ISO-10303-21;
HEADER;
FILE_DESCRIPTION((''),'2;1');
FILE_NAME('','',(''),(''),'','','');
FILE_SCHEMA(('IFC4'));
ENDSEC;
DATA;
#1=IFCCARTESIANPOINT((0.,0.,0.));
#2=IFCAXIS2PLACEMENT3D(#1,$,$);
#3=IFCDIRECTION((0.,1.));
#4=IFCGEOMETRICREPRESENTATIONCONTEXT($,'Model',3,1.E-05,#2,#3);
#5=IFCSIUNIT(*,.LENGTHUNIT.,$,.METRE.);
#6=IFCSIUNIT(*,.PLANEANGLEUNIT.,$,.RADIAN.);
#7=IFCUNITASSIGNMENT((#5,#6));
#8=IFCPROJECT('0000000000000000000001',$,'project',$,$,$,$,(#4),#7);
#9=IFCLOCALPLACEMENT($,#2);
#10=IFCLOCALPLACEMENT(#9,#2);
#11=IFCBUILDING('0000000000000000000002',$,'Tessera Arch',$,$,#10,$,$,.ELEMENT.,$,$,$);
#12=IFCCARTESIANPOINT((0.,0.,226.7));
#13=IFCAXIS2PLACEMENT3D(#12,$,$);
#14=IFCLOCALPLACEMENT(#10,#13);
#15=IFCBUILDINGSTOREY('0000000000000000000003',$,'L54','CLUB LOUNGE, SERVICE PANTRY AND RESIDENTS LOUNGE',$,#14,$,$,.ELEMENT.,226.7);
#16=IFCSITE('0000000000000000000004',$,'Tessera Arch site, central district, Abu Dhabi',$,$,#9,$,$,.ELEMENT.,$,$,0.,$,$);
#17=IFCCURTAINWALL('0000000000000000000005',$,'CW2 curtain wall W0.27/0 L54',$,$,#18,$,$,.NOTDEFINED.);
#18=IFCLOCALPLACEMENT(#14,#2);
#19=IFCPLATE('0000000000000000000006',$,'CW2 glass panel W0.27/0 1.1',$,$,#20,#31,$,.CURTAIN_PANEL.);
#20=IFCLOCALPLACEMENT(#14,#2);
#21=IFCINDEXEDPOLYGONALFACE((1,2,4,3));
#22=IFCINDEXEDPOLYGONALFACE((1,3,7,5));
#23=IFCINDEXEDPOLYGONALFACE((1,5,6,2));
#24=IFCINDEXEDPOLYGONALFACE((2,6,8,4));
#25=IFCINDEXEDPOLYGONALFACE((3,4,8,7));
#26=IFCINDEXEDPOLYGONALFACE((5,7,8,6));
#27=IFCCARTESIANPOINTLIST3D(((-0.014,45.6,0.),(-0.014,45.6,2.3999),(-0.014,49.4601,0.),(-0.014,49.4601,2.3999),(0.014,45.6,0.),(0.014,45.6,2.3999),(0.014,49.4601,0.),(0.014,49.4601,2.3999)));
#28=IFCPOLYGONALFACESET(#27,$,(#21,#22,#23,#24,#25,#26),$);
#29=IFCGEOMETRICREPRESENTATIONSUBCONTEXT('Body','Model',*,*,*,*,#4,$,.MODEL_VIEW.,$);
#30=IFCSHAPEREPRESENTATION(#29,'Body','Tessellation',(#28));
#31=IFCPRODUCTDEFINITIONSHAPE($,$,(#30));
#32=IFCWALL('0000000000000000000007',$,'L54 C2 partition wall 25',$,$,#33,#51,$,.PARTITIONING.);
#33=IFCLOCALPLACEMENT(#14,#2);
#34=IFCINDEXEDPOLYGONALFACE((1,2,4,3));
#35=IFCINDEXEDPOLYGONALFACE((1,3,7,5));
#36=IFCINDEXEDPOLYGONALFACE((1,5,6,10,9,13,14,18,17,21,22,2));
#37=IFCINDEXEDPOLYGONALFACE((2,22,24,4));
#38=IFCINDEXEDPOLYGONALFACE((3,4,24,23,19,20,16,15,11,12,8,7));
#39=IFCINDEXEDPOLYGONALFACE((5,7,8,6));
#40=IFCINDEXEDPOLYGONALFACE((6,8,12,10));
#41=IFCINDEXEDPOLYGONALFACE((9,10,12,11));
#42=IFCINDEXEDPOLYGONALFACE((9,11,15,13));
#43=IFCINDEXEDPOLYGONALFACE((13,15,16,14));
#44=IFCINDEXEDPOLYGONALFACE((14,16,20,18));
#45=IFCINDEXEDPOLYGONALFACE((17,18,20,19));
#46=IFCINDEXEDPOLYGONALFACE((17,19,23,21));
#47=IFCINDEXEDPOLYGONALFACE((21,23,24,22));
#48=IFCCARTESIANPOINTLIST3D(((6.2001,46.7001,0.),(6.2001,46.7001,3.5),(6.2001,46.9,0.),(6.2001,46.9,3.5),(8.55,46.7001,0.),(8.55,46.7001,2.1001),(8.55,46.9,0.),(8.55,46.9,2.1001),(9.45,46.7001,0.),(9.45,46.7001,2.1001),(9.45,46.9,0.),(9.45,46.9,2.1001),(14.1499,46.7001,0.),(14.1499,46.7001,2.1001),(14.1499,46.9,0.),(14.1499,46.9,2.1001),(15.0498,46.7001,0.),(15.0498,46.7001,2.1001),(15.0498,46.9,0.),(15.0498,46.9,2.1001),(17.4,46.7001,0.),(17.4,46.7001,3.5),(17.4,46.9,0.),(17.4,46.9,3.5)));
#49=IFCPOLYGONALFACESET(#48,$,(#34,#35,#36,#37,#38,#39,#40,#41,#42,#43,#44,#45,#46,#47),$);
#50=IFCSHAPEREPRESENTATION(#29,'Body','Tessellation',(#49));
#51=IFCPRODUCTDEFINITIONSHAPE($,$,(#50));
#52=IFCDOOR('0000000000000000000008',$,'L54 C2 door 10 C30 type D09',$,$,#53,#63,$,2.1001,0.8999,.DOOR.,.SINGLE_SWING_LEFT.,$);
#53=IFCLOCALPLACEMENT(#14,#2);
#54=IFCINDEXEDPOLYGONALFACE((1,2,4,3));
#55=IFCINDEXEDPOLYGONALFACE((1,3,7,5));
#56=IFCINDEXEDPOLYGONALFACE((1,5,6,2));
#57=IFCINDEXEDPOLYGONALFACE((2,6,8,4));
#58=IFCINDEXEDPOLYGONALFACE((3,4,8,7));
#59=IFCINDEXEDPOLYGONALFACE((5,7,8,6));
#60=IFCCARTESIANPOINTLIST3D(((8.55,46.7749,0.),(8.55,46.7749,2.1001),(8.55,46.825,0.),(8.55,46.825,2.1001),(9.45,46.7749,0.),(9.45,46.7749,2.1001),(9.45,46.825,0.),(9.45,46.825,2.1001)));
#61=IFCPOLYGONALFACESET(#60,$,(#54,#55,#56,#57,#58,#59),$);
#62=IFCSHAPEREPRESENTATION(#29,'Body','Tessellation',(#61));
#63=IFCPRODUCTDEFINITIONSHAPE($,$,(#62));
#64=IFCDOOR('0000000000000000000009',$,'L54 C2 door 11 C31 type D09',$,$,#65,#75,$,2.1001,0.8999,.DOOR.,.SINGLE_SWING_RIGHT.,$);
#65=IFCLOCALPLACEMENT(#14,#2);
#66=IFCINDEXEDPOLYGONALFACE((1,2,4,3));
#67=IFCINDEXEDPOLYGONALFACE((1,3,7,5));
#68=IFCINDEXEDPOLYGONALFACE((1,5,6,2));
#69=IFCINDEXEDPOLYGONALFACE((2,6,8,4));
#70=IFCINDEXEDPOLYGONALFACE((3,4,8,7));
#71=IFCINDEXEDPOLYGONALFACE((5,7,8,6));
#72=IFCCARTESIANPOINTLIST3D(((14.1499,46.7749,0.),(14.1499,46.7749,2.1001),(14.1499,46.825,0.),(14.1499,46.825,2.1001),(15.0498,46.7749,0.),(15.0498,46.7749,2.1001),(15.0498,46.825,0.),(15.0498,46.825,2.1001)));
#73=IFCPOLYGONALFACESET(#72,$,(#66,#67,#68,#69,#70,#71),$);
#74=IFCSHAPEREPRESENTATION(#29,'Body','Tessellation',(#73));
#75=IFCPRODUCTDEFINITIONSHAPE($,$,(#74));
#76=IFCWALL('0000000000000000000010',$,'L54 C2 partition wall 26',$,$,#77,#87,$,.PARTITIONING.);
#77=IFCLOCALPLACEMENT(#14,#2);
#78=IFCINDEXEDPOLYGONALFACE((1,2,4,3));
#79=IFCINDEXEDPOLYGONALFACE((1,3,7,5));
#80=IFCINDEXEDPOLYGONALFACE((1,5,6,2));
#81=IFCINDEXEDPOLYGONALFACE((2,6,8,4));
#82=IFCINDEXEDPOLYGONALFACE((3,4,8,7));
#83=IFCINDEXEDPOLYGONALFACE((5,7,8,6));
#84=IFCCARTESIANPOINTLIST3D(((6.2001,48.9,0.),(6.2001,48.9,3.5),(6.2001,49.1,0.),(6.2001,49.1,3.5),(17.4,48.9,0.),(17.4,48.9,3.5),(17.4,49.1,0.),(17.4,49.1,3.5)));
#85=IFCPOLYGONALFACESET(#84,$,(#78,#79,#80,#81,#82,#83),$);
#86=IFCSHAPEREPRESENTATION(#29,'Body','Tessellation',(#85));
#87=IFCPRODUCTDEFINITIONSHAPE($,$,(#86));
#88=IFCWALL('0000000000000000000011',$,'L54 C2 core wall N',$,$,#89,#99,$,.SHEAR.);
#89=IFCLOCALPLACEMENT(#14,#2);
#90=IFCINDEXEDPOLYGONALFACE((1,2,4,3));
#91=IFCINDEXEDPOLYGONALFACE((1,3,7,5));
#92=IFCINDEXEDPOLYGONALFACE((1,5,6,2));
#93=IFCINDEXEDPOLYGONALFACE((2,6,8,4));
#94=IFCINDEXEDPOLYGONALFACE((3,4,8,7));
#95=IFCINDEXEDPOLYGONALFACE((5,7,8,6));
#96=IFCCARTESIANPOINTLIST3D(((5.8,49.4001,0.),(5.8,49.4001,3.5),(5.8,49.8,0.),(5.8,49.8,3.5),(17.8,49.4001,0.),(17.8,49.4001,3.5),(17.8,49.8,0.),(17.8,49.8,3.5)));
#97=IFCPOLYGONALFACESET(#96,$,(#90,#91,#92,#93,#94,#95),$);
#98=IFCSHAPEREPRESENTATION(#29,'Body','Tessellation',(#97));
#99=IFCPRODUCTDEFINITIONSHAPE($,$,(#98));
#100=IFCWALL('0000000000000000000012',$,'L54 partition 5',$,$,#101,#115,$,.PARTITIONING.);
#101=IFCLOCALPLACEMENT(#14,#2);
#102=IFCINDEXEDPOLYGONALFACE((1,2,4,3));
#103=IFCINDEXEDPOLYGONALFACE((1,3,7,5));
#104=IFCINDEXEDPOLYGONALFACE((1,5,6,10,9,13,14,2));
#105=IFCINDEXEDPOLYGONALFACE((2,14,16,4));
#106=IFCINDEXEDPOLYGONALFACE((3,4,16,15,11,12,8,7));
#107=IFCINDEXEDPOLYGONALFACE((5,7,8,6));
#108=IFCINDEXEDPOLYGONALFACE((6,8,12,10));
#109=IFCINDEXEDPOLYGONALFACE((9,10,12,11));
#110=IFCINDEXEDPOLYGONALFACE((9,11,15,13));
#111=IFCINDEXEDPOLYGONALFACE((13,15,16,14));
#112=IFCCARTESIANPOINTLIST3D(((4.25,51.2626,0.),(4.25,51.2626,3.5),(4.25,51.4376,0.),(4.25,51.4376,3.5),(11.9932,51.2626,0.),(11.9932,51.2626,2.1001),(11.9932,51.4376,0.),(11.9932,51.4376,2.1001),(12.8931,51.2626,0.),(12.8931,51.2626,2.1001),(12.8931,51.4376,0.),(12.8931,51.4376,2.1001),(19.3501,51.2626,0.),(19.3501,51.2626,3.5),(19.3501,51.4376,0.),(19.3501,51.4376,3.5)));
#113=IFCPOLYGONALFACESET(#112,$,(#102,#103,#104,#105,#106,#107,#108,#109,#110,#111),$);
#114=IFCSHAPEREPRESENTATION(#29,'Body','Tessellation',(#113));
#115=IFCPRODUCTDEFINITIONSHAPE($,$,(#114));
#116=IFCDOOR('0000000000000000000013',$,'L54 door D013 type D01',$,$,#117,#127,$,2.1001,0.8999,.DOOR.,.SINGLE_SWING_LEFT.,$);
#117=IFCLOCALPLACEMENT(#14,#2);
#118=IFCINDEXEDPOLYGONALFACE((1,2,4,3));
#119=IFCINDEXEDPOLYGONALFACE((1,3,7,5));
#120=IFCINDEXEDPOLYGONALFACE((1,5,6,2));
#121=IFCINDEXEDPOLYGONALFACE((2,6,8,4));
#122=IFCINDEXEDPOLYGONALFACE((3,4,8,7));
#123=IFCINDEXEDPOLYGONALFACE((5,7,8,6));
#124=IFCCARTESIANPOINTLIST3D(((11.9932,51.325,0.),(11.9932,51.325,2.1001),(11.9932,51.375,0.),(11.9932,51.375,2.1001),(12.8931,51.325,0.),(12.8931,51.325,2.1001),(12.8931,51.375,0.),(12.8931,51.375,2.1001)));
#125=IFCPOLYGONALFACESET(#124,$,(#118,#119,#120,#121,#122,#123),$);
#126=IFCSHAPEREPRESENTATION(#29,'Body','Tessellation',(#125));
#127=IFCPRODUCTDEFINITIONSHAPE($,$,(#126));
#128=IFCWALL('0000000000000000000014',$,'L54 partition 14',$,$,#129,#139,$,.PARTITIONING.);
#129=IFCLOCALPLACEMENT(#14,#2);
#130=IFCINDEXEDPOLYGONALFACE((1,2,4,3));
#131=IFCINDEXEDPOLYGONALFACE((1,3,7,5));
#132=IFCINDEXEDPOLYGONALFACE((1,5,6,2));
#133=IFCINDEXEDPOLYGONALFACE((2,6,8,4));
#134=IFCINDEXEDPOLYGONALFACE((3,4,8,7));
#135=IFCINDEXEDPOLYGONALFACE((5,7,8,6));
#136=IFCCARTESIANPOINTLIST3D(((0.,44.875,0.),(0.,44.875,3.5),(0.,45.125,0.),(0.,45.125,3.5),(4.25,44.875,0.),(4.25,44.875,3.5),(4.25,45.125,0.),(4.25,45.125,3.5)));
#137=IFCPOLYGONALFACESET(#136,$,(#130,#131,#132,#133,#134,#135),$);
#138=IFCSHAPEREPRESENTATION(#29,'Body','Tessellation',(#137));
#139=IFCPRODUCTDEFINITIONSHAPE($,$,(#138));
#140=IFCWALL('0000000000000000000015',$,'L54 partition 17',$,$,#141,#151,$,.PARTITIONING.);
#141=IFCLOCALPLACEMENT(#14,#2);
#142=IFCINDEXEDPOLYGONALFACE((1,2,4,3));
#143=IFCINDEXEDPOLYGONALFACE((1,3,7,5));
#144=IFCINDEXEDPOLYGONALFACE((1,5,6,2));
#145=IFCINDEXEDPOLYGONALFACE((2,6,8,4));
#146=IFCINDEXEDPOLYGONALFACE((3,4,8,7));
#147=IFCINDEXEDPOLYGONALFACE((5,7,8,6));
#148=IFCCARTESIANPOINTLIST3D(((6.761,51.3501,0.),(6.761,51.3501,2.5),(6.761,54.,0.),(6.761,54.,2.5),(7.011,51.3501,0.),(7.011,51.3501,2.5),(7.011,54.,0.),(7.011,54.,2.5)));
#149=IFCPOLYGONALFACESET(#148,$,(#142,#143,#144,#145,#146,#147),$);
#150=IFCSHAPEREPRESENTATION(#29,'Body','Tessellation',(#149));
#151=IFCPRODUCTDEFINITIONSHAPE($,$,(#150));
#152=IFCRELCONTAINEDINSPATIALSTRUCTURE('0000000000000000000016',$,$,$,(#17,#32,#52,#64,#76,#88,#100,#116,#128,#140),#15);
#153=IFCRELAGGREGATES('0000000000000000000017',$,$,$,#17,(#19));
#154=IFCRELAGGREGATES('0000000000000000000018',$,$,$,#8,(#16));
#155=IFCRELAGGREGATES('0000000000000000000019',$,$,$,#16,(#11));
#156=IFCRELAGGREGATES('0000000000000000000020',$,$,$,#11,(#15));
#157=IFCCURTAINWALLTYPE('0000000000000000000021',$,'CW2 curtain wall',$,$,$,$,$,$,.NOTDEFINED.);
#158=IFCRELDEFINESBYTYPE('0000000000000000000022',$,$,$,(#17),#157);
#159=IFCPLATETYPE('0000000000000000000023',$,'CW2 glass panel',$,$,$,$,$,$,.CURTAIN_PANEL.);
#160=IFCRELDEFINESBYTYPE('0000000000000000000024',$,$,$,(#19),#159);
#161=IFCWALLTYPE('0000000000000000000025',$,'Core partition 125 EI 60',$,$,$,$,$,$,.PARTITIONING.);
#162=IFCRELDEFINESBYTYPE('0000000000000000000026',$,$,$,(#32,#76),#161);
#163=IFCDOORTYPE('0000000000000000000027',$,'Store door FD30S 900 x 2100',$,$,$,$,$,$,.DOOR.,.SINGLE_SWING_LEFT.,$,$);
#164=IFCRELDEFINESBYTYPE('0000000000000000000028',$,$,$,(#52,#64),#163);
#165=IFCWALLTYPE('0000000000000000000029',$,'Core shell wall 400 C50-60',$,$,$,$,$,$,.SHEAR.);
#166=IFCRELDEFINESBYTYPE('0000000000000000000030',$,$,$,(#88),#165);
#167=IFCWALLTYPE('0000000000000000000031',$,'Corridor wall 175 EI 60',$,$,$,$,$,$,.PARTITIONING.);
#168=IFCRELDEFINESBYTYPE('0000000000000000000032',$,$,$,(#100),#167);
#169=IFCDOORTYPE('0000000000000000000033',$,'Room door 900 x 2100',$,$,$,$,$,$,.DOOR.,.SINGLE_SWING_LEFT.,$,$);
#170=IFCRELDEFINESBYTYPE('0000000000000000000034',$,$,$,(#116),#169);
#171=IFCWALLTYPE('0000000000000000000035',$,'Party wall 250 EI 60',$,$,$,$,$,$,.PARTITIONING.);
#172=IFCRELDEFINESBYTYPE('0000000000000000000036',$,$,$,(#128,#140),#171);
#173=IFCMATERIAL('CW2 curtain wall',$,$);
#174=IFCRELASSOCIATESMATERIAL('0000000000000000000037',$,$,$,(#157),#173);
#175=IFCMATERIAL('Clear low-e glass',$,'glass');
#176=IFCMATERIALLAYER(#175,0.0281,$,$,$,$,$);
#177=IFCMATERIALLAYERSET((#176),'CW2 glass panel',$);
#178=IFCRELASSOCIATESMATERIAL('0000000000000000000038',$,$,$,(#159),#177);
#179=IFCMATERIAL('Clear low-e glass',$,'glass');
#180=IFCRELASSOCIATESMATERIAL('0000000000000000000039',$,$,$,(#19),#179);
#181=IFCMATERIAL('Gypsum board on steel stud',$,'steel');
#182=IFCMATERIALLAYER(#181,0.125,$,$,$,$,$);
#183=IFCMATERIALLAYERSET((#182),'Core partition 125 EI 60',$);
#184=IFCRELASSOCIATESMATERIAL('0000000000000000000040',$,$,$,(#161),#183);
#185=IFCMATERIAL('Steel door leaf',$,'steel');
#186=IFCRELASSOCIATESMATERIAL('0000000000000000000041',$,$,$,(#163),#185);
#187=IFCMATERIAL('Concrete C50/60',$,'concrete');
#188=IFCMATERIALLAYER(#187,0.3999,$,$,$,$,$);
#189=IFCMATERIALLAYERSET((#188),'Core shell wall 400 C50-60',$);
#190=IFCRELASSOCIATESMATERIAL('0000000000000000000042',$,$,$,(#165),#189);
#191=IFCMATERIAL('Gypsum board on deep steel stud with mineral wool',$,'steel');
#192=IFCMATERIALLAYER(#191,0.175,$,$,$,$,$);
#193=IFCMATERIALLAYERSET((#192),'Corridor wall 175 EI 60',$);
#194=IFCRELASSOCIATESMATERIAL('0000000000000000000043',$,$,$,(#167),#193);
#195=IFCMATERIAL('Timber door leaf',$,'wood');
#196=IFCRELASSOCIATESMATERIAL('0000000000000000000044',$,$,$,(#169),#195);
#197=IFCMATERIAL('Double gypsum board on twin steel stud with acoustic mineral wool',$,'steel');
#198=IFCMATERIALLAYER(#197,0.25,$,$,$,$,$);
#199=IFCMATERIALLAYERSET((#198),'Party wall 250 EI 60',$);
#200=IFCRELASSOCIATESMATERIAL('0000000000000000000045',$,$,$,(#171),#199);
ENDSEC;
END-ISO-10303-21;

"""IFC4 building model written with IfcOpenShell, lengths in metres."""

from ifc_helpers import new_model, si_unit, direction, frame, frame_2d, origin, origin_2d, place, context, subcontext, project, spatial, rectangle, extrude, material, layer, layer_set, type_object, element, fill, aggregate, save


model = new_model("IFC4")

# Units and contexts
model_context = context("Model", 3, precision=1e-05, world=origin(), true_north=direction((0.0, 1.0)))
body_context = subcontext(model_context, "Body", "Model", "MODEL_VIEW")
ifc_project = project(units=[si_unit("LENGTHUNIT", "METRE"), si_unit("PLANEANGLEUNIT", "RADIAN")], contexts=[model_context])

# Site, building, storey
site_placement = place(None, origin())
site = spatial("IfcSite", under=ifc_project, at=site_placement, Name="Tessera Arch site, central district, Abu Dhabi", CompositionType="ELEMENT", RefElevation=0.0)
building_placement = place(site_placement, origin())
building = spatial("IfcBuilding", under=site, at=building_placement, Name="Tessera Arch", CompositionType="ELEMENT")
storey_placement = place(building_placement, frame((0.0, 0.0, 226.7)))
storey = spatial("IfcBuildingStorey", under=building, at=storey_placement, Name="L54", Description="CLUB LOUNGE, SERVICE PANTRY AND RESIDENTS LOUNGE", CompositionType="ELEMENT", Elevation=226.7)

# Curtain wall
ifc_material_1 = material(Name="CW2 curtain wall")
curtain_wall_type_1 = type_object("IfcCurtainWallType", Name="CW2 curtain wall", PredefinedType="NOTDEFINED", material=ifc_material_1)
curtain_wall_1_placement = place(storey_placement, origin())
curtain_wall_1 = element("IfcCurtainWall", 1, at=curtain_wall_1_placement, inside=storey, type_object=curtain_wall_type_1, Name="CW2 curtain wall W0.27/0 L54", PredefinedType="NOTDEFINED")

# Plate
ifc_material_2 = material(Name="Clear low-e glass", Category="glass")
ifc_material_3 = material(Name="Clear low-e glass", Category="glass")
ifc_layer_1 = layer(ifc_material_3, 0.0281)
ifc_layer_set_1 = layer_set([ifc_layer_1], Name="CW2 glass panel")
plate_type_1 = type_object("IfcPlateType", Name="CW2 glass panel", PredefinedType="CURTAIN_PANEL", material=ifc_layer_set_1)
plate_1_placement = place(storey_placement, frame((0.0, 47.53, 0.0), z_axis=(0.0, 0.0, 1.0), x_axis=(0.0, -1.0, 0.0)))
plate_1 = element("IfcPlate", 2, at=plate_1_placement, type_object=plate_type_1, material=ifc_material_2, Name="CW2 glass panel W0.27/0 1.1", PredefinedType="CURTAIN_PANEL", context=body_context, shape_type="SweptSolid", body=[
    extrude(rectangle(XDim=3.8601, YDim=0.0281, at=origin_2d()), origin(), (0.0, 0.0, 1.0), 2.3999),
])
aggregate(curtain_wall_1, [plate_1])

# Wall, openings, doors
ifc_material_4 = material(Name="Gypsum board on steel stud", Category="steel")
ifc_layer_2 = layer(ifc_material_4, 0.125)
ifc_layer_set_2 = layer_set([ifc_layer_2], Name="Core partition 125 EI 60")
wall_type_1 = type_object("IfcWallType", Name="Core partition 125 EI 60", PredefinedType="PARTITIONING", material=ifc_layer_set_2)
wall_1_placement = place(storey_placement, frame((6.2, 46.8, 0.0), z_axis=(0.0, 0.0, 1.0), x_axis=(1.0, 0.0, 0.0)))
wall_1 = element("IfcWall", 3, at=wall_1_placement, inside=storey, type_object=wall_type_1, Name="L54 C2 partition wall 25", PredefinedType="PARTITIONING", context=body_context, shape_type="SweptSolid", body=[
    extrude(rectangle(XDim=11.2, YDim=0.2, at=frame_2d((5.6001, 0.0))), origin(), (0.0, 0.0, 1.0), 3.5),
])
opening_1_placement = place(wall_1_placement, frame((2.3501, 0.0, 0.0)))
opening_1 = element("IfcOpeningElement", 4, at=opening_1_placement, cuts=wall_1, PredefinedType="OPENING", context=body_context, shape_type="SweptSolid", body=[
    extrude(rectangle(XDim=0.8999, YDim=2.1001, at=frame_2d((0.45, 1.05))), frame((0.0, 0.1099, 0.0), z_axis=(0.0, -1.0, 0.0), x_axis=(1.0, 0.0, 0.0)), (0.0, 0.0, 1.0), 0.22),
])
opening_2_placement = place(wall_1_placement, frame((7.95, 0.0, 0.0)))
opening_2 = element("IfcOpeningElement", 5, at=opening_2_placement, cuts=wall_1, PredefinedType="OPENING", context=body_context, shape_type="SweptSolid", body=[
    extrude(rectangle(XDim=0.8999, YDim=2.1001, at=frame_2d((0.45, 1.05))), frame((0.0, 0.1099, 0.0), z_axis=(0.0, -1.0, 0.0), x_axis=(1.0, 0.0, 0.0)), (0.0, 0.0, 1.0), 0.22),
])
ifc_material_5 = material(Name="Steel door leaf", Category="steel")
door_type_1 = type_object("IfcDoorType", Name="Store door FD30S 900 x 2100", OperationType="SINGLE_SWING_LEFT", PredefinedType="DOOR", material=ifc_material_5)
door_1_placement = place(opening_1_placement, origin())
door_1 = element("IfcDoor", 6, at=door_1_placement, inside=storey, type_object=door_type_1, Name="L54 C2 door 10 C30 type D09", OperationType="SINGLE_SWING_LEFT", OverallHeight=2.1001, OverallWidth=0.8999, PredefinedType="DOOR", context=body_context, shape_type="SweptSolid", body=[
    extrude(rectangle(XDim=0.8999, YDim=2.1001, at=frame_2d((0.45, 1.05))), frame((0.0, 0.0249, 0.0), z_axis=(0.0, -1.0, 0.0), x_axis=(1.0, 0.0, 0.0)), (0.0, 0.0, 1.0), 0.05),
])
fill(opening_1, door_1)
door_2_placement = place(opening_2_placement, origin())
door_2 = element("IfcDoor", 7, at=door_2_placement, inside=storey, type_object=door_type_1, Name="L54 C2 door 11 C31 type D09", OperationType="SINGLE_SWING_RIGHT", OverallHeight=2.1001, OverallWidth=0.8999, PredefinedType="DOOR", context=body_context, shape_type="SweptSolid", body=[
    extrude(rectangle(XDim=0.8999, YDim=2.1001, at=frame_2d((0.45, 1.05))), frame((0.0, 0.0249, 0.0), z_axis=(0.0, -1.0, 0.0), x_axis=(1.0, 0.0, 0.0)), (0.0, 0.0, 1.0), 0.05),
])
fill(opening_2, door_2)

# Walls
wall_2_placement = place(storey_placement, frame((6.2, 49.0, 0.0), z_axis=(0.0, 0.0, 1.0), x_axis=(1.0, 0.0, 0.0)))
element("IfcWall", 8, at=wall_2_placement, inside=storey, type_object=wall_type_1, Name="L54 C2 partition wall 26", PredefinedType="PARTITIONING", context=body_context, shape_type="SweptSolid", body=[
    extrude(rectangle(XDim=11.2, YDim=0.2, at=frame_2d((5.6001, 0.0))), origin(), (0.0, 0.0, 1.0), 3.5),
])
ifc_material_6 = material(Name="Concrete C50/60", Category="concrete")
ifc_layer_3 = layer(ifc_material_6, 0.3999)
ifc_layer_set_3 = layer_set([ifc_layer_3], Name="Core shell wall 400 C50-60")
wall_type_2 = type_object("IfcWallType", Name="Core shell wall 400 C50-60", PredefinedType="SHEAR", material=ifc_layer_set_3)
wall_3_placement = place(storey_placement, frame((5.8, 49.6001, 0.0), z_axis=(0.0, 0.0, 1.0), x_axis=(1.0, 0.0, 0.0)))
element("IfcWall", 9, at=wall_3_placement, inside=storey, type_object=wall_type_2, Name="L54 C2 core wall N", PredefinedType="SHEAR", context=body_context, shape_type="SweptSolid", body=[
    extrude(rectangle(XDim=12.0, YDim=0.3999, at=frame_2d((6.0, 0.0))), origin(), (0.0, 0.0, 1.0), 3.5),
])

# Wall, opening, door
ifc_material_7 = material(Name="Gypsum board on deep steel stud with mineral wool", Category="steel")
ifc_layer_4 = layer(ifc_material_7, 0.175)
ifc_layer_set_4 = layer_set([ifc_layer_4], Name="Corridor wall 175 EI 60")
wall_type_3 = type_object("IfcWallType", Name="Corridor wall 175 EI 60", PredefinedType="PARTITIONING", material=ifc_layer_set_4)
wall_4_placement = place(storey_placement, frame((4.25, 51.3501, 0.0), z_axis=(0.0, 0.0, 1.0), x_axis=(1.0, 0.0, 0.0)))
wall_4 = element("IfcWall", 10, at=wall_4_placement, inside=storey, type_object=wall_type_3, Name="L54 partition 5", PredefinedType="PARTITIONING", context=body_context, shape_type="SweptSolid", body=[
    extrude(rectangle(XDim=15.1001, YDim=0.175, at=frame_2d((7.55, 0.0))), origin(), (0.0, 0.0, 1.0), 3.5),
])
opening_3_placement = place(wall_4_placement, frame((7.7432, 0.0, 0.0)))
opening_3 = element("IfcOpeningElement", 11, at=opening_3_placement, cuts=wall_4, PredefinedType="OPENING", context=body_context, shape_type="SweptSolid", body=[
    extrude(rectangle(XDim=0.8999, YDim=2.1001, at=frame_2d((0.45, 1.05))), frame((0.0, 0.0974, 0.0), z_axis=(0.0, -1.0, 0.0), x_axis=(1.0, 0.0, 0.0)), (0.0, 0.0, 1.0), 0.1951),
])
ifc_material_8 = material(Name="Timber door leaf", Category="wood")
door_type_2 = type_object("IfcDoorType", Name="Room door 900 x 2100", OperationType="SINGLE_SWING_LEFT", PredefinedType="DOOR", material=ifc_material_8)
door_3_placement = place(opening_3_placement, origin())
door_3 = element("IfcDoor", 12, at=door_3_placement, inside=storey, type_object=door_type_2, Name="L54 door D013 type D01", OperationType="SINGLE_SWING_LEFT", OverallHeight=2.1001, OverallWidth=0.8999, PredefinedType="DOOR", context=body_context, shape_type="SweptSolid", body=[
    extrude(rectangle(XDim=0.8999, YDim=2.1001, at=frame_2d((0.45, 1.05))), frame((0.0, 0.0249, 0.0), z_axis=(0.0, -1.0, 0.0), x_axis=(1.0, 0.0, 0.0)), (0.0, 0.0, 1.0), 0.05),
])
fill(opening_3, door_3)

# Walls
ifc_material_9 = material(Name="Double gypsum board on twin steel stud with acoustic mineral wool", Category="steel")
ifc_layer_5 = layer(ifc_material_9, 0.25)
ifc_layer_set_5 = layer_set([ifc_layer_5], Name="Party wall 250 EI 60")
wall_type_4 = type_object("IfcWallType", Name="Party wall 250 EI 60", PredefinedType="PARTITIONING", material=ifc_layer_set_5)
wall_5_placement = place(storey_placement, frame((0.0, 45.0, 0.0), z_axis=(0.0, 0.0, 1.0), x_axis=(1.0, 0.0, 0.0)))
element("IfcWall", 13, at=wall_5_placement, inside=storey, type_object=wall_type_4, Name="L54 partition 14", PredefinedType="PARTITIONING", context=body_context, shape_type="SweptSolid", body=[
    extrude(rectangle(XDim=4.25, YDim=0.25, at=frame_2d((2.125, 0.0))), origin(), (0.0, 0.0, 1.0), 3.5),
])
wall_6_placement = place(storey_placement, frame((6.886, 51.3501, 0.0), z_axis=(0.0, 0.0, 1.0), x_axis=(0.0, 1.0, 0.0)))
element("IfcWall", 14, at=wall_6_placement, inside=storey, type_object=wall_type_4, Name="L54 partition 17", PredefinedType="PARTITIONING", context=body_context, shape_type="SweptSolid", body=[
    extrude(rectangle(XDim=2.6499, YDim=0.25, at=frame_2d((1.325, 0.0))), origin(), (0.0, 0.0, 1.0), 2.5),
])

save(model, "model.ifc")
